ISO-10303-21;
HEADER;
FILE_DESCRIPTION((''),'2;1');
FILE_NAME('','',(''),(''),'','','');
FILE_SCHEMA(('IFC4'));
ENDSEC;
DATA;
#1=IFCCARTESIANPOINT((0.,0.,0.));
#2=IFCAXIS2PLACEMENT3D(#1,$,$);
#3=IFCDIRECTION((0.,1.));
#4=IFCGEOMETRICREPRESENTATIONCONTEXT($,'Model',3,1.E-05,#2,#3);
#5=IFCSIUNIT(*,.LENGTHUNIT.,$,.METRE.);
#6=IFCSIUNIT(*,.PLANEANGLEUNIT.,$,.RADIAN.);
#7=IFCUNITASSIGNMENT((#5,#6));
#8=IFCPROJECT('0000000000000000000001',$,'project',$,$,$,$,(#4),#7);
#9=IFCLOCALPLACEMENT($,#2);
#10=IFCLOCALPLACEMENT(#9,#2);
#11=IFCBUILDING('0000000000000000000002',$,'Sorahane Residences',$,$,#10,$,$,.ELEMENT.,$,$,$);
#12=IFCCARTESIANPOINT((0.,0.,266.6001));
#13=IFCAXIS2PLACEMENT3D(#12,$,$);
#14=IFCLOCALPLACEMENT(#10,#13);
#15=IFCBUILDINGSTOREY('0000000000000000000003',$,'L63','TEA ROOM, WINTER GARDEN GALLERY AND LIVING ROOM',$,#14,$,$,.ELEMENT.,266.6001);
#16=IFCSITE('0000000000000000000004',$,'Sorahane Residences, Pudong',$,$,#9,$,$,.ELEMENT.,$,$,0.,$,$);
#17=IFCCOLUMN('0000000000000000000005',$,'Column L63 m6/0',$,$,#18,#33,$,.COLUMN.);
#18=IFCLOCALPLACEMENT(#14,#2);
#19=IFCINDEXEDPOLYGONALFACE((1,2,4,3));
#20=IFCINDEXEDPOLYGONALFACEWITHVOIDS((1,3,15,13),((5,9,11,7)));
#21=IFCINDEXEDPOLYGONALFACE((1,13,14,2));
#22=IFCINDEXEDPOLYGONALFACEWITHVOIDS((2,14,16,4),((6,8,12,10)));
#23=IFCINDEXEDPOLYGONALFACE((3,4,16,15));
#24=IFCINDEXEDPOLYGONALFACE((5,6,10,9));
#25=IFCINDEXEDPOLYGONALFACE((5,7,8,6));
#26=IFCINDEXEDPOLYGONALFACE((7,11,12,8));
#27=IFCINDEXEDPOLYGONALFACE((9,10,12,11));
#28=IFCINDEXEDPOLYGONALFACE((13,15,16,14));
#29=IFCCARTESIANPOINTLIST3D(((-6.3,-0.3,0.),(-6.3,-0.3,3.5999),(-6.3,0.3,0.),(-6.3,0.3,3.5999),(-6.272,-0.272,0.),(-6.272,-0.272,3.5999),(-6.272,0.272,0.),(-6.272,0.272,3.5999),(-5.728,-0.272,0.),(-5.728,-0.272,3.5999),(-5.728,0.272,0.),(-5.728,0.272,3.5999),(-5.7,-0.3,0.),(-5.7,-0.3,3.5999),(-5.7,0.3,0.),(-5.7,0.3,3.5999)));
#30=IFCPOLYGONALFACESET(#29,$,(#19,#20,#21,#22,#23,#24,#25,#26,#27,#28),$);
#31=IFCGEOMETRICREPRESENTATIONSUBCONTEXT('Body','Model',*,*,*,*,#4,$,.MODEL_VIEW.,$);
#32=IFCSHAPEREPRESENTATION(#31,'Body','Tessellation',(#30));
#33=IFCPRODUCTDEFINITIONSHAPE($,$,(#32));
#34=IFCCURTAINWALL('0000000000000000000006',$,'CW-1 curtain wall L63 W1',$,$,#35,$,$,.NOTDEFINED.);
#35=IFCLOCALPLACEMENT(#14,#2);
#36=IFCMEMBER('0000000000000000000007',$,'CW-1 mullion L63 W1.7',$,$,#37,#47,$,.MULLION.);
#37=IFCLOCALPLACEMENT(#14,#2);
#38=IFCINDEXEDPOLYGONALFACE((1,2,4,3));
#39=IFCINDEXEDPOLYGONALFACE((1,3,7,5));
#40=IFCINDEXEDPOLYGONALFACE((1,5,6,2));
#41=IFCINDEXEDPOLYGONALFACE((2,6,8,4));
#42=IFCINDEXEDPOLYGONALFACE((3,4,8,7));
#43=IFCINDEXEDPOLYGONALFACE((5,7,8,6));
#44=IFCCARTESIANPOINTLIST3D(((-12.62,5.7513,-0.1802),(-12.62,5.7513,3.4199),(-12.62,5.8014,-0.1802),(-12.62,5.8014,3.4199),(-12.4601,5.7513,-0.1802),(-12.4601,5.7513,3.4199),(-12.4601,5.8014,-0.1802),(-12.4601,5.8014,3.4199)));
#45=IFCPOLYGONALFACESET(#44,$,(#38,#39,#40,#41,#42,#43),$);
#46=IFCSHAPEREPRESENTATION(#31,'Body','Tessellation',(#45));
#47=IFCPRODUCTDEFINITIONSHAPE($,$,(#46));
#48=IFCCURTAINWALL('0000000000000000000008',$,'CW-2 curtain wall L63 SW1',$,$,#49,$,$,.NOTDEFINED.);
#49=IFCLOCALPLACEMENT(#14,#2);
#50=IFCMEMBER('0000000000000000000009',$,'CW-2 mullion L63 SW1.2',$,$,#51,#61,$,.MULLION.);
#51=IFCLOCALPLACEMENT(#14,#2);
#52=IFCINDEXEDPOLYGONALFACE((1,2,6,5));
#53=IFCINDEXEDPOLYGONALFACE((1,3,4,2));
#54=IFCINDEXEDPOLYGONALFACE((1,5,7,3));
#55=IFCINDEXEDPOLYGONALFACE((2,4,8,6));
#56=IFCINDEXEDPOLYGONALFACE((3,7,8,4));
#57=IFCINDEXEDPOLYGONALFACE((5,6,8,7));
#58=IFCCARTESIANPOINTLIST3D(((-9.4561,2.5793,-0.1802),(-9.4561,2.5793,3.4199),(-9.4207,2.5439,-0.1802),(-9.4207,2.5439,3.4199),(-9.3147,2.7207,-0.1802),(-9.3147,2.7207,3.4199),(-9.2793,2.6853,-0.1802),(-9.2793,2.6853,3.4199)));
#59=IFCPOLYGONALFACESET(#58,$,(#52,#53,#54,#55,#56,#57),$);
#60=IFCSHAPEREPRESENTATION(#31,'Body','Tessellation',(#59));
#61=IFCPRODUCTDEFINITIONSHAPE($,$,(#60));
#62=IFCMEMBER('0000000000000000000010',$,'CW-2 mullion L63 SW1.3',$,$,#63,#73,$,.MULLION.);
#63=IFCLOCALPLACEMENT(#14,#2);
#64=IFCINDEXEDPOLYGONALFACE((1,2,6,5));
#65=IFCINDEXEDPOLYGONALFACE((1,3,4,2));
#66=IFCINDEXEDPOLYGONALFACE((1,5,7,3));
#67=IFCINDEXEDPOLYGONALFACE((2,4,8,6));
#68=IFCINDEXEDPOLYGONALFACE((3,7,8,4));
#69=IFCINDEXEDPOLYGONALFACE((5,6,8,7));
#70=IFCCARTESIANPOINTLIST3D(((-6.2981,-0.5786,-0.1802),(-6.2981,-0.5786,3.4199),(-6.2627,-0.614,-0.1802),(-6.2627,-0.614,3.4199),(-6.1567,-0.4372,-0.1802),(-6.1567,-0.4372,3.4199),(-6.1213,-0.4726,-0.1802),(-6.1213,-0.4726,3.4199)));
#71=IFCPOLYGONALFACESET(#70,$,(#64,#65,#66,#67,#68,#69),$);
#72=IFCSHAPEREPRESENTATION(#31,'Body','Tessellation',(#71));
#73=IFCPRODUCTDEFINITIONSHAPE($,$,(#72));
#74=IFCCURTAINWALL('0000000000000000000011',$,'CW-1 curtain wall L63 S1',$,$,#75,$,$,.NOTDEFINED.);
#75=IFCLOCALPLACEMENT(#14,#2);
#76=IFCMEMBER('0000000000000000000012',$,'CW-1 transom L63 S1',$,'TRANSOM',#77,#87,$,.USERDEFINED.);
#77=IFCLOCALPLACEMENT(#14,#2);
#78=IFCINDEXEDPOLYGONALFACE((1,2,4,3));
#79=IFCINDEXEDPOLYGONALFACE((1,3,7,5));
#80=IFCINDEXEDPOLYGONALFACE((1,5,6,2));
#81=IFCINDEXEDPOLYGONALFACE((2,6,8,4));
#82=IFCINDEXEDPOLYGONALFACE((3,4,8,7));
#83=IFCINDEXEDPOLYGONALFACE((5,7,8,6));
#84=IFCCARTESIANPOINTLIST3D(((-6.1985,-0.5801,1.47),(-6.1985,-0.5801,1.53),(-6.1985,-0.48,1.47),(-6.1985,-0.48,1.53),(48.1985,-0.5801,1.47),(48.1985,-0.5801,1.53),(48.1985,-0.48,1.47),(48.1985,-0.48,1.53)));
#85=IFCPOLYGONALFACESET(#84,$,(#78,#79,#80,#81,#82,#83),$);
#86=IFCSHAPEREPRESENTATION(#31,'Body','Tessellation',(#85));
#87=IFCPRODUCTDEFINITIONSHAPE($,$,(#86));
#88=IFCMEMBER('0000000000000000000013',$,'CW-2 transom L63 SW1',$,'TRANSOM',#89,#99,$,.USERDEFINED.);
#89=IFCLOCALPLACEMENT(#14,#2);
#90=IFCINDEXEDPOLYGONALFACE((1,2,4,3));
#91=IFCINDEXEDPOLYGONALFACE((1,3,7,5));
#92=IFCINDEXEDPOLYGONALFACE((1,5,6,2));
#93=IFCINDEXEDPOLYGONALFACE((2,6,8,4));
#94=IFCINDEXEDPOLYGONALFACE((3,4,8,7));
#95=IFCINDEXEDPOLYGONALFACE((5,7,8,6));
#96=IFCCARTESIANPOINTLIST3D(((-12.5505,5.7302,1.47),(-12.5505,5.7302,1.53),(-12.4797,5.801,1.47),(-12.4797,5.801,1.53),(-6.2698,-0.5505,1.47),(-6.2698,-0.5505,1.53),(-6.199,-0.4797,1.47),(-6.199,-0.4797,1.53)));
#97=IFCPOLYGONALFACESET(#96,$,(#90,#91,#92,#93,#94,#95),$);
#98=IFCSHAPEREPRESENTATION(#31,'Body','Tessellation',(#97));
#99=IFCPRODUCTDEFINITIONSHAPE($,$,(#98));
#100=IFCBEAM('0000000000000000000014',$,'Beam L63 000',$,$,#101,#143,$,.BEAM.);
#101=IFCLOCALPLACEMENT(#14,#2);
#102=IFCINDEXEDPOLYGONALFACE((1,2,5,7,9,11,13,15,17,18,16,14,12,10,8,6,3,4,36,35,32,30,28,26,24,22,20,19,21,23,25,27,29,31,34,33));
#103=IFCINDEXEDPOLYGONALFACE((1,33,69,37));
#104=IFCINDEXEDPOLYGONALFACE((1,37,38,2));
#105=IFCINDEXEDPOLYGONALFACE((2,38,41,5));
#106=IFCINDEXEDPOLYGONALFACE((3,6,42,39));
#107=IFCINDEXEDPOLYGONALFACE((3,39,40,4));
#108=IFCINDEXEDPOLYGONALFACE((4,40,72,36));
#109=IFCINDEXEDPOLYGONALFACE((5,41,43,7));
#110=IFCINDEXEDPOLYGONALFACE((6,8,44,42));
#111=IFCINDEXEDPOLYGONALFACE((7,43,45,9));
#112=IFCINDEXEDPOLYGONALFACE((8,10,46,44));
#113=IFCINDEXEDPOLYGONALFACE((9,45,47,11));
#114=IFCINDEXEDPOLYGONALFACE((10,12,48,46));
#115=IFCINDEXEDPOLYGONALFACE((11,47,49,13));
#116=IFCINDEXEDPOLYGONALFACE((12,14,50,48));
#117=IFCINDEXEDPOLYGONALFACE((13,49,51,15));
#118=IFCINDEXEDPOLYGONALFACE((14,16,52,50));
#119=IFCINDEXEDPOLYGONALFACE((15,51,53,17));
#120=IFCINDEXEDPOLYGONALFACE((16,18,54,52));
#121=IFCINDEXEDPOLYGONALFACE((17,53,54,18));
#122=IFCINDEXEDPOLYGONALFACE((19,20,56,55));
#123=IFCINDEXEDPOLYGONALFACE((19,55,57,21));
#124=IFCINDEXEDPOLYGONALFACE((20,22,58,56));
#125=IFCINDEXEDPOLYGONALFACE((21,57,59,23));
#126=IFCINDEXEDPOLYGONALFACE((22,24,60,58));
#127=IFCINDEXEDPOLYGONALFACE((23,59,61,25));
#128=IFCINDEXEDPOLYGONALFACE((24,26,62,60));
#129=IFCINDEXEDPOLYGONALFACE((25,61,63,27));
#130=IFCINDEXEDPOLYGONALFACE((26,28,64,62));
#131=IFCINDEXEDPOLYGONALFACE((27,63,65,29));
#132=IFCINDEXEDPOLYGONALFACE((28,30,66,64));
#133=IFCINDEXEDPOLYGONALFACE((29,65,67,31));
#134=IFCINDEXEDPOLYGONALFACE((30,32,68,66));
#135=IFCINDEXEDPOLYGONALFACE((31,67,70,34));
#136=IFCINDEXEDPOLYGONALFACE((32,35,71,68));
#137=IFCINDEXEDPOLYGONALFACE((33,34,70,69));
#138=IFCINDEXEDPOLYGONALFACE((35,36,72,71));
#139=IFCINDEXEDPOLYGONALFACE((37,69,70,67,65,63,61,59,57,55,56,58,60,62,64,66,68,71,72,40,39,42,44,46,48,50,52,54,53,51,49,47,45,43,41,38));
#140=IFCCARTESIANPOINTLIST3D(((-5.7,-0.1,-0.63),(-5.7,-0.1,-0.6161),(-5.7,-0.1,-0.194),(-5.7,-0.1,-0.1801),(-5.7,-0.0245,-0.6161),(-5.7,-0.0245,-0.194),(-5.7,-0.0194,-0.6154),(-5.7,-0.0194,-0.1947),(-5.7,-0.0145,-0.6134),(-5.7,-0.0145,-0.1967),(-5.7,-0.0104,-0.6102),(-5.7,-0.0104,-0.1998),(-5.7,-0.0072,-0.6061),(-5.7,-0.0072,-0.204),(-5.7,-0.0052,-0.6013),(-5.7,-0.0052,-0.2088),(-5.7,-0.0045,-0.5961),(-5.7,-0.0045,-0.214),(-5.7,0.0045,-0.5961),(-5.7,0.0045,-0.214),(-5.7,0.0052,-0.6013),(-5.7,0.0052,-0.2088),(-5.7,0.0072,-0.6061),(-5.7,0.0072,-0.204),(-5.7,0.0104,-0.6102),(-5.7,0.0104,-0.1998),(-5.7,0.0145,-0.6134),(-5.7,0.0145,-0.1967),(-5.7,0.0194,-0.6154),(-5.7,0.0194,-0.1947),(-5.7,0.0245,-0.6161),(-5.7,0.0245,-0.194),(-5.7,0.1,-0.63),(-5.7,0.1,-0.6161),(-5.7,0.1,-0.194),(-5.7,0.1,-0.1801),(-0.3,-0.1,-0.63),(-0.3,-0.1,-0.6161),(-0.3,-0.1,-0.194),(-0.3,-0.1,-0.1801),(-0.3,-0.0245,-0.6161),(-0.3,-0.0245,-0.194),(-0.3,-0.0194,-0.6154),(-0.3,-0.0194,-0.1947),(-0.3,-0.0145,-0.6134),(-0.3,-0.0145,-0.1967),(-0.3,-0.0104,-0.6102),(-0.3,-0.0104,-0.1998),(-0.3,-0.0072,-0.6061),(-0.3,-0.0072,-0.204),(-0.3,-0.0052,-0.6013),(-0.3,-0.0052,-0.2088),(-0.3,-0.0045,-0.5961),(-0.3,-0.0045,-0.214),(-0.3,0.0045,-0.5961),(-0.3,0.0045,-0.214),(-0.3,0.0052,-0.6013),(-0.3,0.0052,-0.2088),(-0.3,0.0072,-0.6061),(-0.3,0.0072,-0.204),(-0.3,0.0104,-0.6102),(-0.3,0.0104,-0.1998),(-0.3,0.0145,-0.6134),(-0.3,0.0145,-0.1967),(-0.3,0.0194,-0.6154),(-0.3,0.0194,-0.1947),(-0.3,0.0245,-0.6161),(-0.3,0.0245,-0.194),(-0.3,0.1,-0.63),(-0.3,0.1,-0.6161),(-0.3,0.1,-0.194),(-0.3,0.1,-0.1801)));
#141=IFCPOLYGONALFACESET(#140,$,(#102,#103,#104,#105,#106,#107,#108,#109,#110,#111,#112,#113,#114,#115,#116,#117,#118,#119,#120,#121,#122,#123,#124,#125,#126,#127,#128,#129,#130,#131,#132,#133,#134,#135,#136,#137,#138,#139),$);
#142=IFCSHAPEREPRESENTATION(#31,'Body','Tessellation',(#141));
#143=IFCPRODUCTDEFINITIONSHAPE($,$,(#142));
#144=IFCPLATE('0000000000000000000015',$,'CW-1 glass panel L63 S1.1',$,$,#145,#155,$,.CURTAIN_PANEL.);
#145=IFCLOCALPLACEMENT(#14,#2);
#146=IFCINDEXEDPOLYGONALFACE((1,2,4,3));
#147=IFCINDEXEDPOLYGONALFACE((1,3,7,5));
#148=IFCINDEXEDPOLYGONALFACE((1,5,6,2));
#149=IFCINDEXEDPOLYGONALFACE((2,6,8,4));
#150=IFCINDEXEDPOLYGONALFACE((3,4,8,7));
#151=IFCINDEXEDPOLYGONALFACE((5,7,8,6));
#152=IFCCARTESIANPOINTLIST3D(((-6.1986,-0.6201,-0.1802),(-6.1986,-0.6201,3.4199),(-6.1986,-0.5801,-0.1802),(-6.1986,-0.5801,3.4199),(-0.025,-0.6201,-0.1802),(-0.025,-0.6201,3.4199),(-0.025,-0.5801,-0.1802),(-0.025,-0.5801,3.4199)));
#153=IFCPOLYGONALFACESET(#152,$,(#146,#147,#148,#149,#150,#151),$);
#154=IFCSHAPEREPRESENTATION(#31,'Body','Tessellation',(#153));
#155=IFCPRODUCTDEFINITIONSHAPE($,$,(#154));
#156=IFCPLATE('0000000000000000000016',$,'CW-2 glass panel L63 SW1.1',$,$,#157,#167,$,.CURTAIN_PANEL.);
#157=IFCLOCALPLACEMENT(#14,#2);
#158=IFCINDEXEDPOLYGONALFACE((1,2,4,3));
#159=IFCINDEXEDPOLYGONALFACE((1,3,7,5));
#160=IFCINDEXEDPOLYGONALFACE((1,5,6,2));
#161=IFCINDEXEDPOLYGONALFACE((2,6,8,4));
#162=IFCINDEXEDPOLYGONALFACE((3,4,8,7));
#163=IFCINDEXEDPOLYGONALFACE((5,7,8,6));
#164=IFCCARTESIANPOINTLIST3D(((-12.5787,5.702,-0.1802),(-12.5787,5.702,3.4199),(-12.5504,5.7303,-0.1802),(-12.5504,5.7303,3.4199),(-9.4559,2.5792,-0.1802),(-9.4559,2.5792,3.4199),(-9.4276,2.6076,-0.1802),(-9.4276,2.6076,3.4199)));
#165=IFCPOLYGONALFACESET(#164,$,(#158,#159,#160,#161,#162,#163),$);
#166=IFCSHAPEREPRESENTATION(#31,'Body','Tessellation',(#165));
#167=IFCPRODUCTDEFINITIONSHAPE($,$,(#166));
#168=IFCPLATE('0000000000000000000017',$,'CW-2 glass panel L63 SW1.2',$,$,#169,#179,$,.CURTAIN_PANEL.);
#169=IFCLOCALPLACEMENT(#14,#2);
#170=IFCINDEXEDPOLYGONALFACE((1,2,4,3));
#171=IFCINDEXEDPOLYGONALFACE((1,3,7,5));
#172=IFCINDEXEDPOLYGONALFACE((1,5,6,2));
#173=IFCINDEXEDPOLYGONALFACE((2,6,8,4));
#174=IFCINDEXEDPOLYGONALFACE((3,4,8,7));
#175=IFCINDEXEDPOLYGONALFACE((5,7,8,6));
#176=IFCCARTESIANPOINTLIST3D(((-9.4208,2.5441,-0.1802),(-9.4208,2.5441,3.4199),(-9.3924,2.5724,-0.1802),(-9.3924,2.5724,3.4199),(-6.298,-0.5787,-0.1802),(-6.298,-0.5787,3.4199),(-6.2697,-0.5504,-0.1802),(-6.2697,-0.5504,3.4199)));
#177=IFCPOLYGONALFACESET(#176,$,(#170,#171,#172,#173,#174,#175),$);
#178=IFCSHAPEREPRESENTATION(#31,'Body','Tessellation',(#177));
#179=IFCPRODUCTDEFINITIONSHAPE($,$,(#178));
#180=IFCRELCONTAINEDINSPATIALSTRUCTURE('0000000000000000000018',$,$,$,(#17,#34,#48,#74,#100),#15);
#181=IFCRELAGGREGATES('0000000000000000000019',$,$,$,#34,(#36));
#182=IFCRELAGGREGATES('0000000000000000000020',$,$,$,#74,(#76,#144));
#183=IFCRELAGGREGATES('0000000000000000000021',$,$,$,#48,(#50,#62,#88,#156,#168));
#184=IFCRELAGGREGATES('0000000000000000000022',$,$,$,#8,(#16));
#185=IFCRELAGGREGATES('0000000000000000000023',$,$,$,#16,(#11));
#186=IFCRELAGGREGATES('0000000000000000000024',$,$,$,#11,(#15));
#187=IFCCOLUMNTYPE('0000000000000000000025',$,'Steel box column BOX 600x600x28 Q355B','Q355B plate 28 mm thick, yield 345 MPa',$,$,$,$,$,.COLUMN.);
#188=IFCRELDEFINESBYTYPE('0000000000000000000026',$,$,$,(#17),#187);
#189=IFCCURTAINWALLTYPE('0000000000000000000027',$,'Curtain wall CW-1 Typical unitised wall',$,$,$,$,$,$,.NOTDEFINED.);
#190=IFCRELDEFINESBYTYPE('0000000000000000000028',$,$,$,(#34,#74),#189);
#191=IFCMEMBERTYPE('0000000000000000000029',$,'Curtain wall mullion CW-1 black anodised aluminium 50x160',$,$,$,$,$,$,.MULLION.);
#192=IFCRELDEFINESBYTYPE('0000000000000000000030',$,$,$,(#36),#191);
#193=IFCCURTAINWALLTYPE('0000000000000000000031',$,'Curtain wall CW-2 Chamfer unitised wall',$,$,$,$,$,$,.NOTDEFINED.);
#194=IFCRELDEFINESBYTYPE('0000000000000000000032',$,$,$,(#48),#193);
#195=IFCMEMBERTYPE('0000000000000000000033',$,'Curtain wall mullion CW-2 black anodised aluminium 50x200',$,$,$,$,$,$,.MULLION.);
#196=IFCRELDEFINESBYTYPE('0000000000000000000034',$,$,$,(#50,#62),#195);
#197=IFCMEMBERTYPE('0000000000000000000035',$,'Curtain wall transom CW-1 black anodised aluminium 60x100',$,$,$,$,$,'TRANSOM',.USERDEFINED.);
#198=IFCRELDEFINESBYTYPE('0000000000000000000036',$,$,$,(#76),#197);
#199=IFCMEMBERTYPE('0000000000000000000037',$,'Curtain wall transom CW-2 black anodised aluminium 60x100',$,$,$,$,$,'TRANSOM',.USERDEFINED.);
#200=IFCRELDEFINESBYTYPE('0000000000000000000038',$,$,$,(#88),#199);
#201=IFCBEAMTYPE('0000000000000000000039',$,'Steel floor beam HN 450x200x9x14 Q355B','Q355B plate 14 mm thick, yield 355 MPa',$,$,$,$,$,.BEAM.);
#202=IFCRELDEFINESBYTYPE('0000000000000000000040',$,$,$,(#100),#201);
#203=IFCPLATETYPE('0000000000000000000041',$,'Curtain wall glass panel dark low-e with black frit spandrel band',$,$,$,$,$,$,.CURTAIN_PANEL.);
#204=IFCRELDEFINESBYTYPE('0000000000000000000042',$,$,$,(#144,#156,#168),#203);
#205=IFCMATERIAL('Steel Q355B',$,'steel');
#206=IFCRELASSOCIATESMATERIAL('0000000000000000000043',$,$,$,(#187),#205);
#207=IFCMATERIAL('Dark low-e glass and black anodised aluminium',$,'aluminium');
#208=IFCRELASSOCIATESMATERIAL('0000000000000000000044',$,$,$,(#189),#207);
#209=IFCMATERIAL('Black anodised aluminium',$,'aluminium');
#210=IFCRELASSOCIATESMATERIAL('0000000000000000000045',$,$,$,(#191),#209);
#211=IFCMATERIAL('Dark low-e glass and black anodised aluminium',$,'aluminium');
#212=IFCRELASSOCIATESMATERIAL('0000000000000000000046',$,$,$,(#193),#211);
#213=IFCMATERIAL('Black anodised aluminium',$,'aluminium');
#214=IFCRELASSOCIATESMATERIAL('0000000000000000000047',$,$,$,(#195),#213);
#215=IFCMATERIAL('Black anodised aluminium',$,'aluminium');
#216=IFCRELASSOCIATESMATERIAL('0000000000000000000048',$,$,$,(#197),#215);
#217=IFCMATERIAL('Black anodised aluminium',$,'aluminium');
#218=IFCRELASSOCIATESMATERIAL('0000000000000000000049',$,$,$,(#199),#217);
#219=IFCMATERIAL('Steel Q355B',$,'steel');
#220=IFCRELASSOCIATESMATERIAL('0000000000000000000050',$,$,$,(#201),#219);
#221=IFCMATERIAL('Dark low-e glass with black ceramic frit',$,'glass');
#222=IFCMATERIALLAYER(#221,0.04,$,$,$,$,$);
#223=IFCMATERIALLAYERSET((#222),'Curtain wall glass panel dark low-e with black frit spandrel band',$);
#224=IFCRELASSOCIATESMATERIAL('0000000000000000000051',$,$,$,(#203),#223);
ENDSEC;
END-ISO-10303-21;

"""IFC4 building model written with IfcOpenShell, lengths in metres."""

from ifc_helpers import new_model, si_unit, direction, frame, origin, origin_2d, place, context, subcontext, project, spatial, rectangle, hollow_rectangle, i_section, extrude, material, layer, layer_set, material_profile, profile_set, type_object, element, aggregate, save


model = new_model("IFC4")

# Units and contexts
model_context = context("Model", 3, precision=1e-05, world=origin(), true_north=direction((0.0, 1.0)))
body_context = subcontext(model_context, "Body", "Model", "MODEL_VIEW")
ifc_project = project(units=[si_unit("LENGTHUNIT", "METRE"), si_unit("PLANEANGLEUNIT", "RADIAN")], contexts=[model_context])

# Site, building, storey
site_placement = place(None, origin())
site = spatial("IfcSite", under=ifc_project, at=site_placement, Name="Sorahane Residences, Pudong", CompositionType="ELEMENT", RefElevation=0.0)
building_placement = place(site_placement, origin())
building = spatial("IfcBuilding", under=site, at=building_placement, Name="Sorahane Residences", CompositionType="ELEMENT")
storey_placement = place(building_placement, frame((0.0, 0.0, 266.6001)))
storey = spatial("IfcBuildingStorey", under=building, at=storey_placement, Name="L63", Description="TEA ROOM, WINTER GARDEN GALLERY AND LIVING ROOM", CompositionType="ELEMENT", Elevation=266.6001)

# Column
ifc_material_1 = material(Name="Steel Q355B", Category="steel")
ifc_material_profile_1 = material_profile(ifc_material_1, hollow_rectangle(XDim=0.6001, YDim=0.6001, WallThickness=0.0281, at=origin_2d()), Name="BOX 600x600x28")
ifc_profile_set_1 = profile_set([ifc_material_profile_1], Name="Steel Q355B")
column_type = type_object("IfcColumnType", Name="Steel box column BOX 600x600x28 Q355B", Description="Q355B plate 28 mm thick, yield 345 MPa", PredefinedType="COLUMN", material=ifc_profile_set_1)
column_placement = place(storey_placement, frame((-6.0, 0.0, 0.0), z_axis=(0.0, 0.0, 1.0), x_axis=(1.0, 0.0, 0.0)))
element("IfcColumn", 1, at=column_placement, inside=storey, type_object=column_type, Name="Column L63 m6/0", PredefinedType="COLUMN", context=body_context, shape_type="SweptSolid", body=[
    extrude(hollow_rectangle(XDim=0.6001, YDim=0.6001, WallThickness=0.0281, at=origin_2d()), origin(), (0.0, 0.0, 1.0), 3.5999),
])

# Curtain wall, member
ifc_material_2 = material(Name="Dark low-e glass and black anodised aluminium", Category="aluminium")
curtain_wall_type_1 = type_object("IfcCurtainWallType", Name="Curtain wall CW-1 Typical unitised wall", PredefinedType="NOTDEFINED", material=ifc_material_2)
curtain_wall_1_placement = place(storey_placement, origin())
curtain_wall_1 = element("IfcCurtainWall", 2, at=curtain_wall_1_placement, inside=storey, type_object=curtain_wall_type_1, Name="CW-1 curtain wall L63 W1", PredefinedType="NOTDEFINED")
ifc_material_3 = material(Name="Black anodised aluminium", Category="aluminium")
ifc_material_profile_2 = material_profile(ifc_material_3, rectangle(XDim=0.1599, YDim=0.05, at=origin_2d()), Name="Curtain wall mullion CW-1 black anodised aluminium 50x160")
ifc_profile_set_2 = profile_set([ifc_material_profile_2], Name="Black anodised aluminium")
member_type_1 = type_object("IfcMemberType", Name="Curtain wall mullion CW-1 black anodised aluminium 50x160", PredefinedType="MULLION", material=ifc_profile_set_2)
member_1_placement = place(storey_placement, frame((-12.54, 5.7764, -0.1802), z_axis=(0.0, 0.0, 1.0), x_axis=(-1.0, 0.0, 0.0)))
member_1 = element("IfcMember", 3, at=member_1_placement, type_object=member_type_1, Name="CW-1 mullion L63 W1.7", PredefinedType="MULLION", context=body_context, shape_type="SweptSolid", body=[
    extrude(rectangle(XDim=0.1599, YDim=0.05, at=origin_2d()), origin(), (0.0, 0.0, 1.0), 3.6001),
])
aggregate(curtain_wall_1, [member_1])

# Curtain wall, members
ifc_material_4 = material(Name="Dark low-e glass and black anodised aluminium", Category="aluminium")
curtain_wall_type_2 = type_object("IfcCurtainWallType", Name="Curtain wall CW-2 Chamfer unitised wall", PredefinedType="NOTDEFINED", material=ifc_material_4)
curtain_wall_2_placement = place(storey_placement, origin())
curtain_wall_2 = element("IfcCurtainWall", 4, at=curtain_wall_2_placement, inside=storey, type_object=curtain_wall_type_2, Name="CW-2 curtain wall L63 SW1", PredefinedType="NOTDEFINED")
ifc_material_5 = material(Name="Black anodised aluminium", Category="aluminium")
ifc_material_profile_3 = material_profile(ifc_material_5, rectangle(XDim=0.2, YDim=0.05, at=origin_2d()), Name="Curtain wall mullion CW-2 black anodised aluminium 50x200")
ifc_profile_set_3 = profile_set([ifc_material_profile_3], Name="Black anodised aluminium")
member_type_2 = type_object("IfcMemberType", Name="Curtain wall mullion CW-2 black anodised aluminium 50x200", PredefinedType="MULLION", material=ifc_profile_set_3)
member_2_placement = place(storey_placement, frame((-9.3677, 2.6323, -0.1802), z_axis=(0.0, 0.0, 1.0), x_axis=(-0.707107, -0.707107, 0.0)))
member_2 = element("IfcMember", 5, at=member_2_placement, type_object=member_type_2, Name="CW-2 mullion L63 SW1.2", PredefinedType="MULLION", context=body_context, shape_type="SweptSolid", body=[
    extrude(rectangle(XDim=0.2, YDim=0.05, at=origin_2d()), origin(), (0.0, 0.0, 1.0), 3.6001),
])
member_3_placement = place(storey_placement, frame((-6.2097, -0.5256, -0.1802), z_axis=(0.0, 0.0, 1.0), x_axis=(-0.707107, -0.707107, 0.0)))
member_3 = element("IfcMember", 6, at=member_3_placement, type_object=member_type_2, Name="CW-2 mullion L63 SW1.3", PredefinedType="MULLION", context=body_context, shape_type="SweptSolid", body=[
    extrude(rectangle(XDim=0.2, YDim=0.05, at=origin_2d()), origin(), (0.0, 0.0, 1.0), 3.6001),
])

# Curtain wall, member
curtain_wall_3_placement = place(storey_placement, origin())
curtain_wall_3 = element("IfcCurtainWall", 7, at=curtain_wall_3_placement, inside=storey, type_object=curtain_wall_type_1, Name="CW-1 curtain wall L63 S1", PredefinedType="NOTDEFINED")
ifc_material_6 = material(Name="Black anodised aluminium", Category="aluminium")
ifc_material_profile_4 = material_profile(ifc_material_6, rectangle(XDim=0.1001, YDim=0.0601, at=origin_2d()), Name="Curtain wall transom CW-1 black anodised aluminium 60x100")
ifc_profile_set_4 = profile_set([ifc_material_profile_4], Name="Black anodised aluminium")
member_type_3 = type_object("IfcMemberType", Name="Curtain wall transom CW-1 black anodised aluminium 60x100", ElementType="TRANSOM", PredefinedType="USERDEFINED", material=ifc_profile_set_4)
member_4_placement = place(storey_placement, frame((-6.1985, -0.53, 1.5), z_axis=(1.0, 0.0, 0.0), x_axis=(0.0, 1.0, 0.0)))
member_4 = element("IfcMember", 8, at=member_4_placement, type_object=member_type_3, Name="CW-1 transom L63 S1", ObjectType="TRANSOM", PredefinedType="USERDEFINED", context=body_context, shape_type="SweptSolid", body=[
    extrude(rectangle(XDim=0.1001, YDim=0.0601, at=origin_2d()), origin(), (0.0, 0.0, 1.0), 54.397),
])

# Member
ifc_material_7 = material(Name="Black anodised aluminium", Category="aluminium")
ifc_material_profile_5 = material_profile(ifc_material_7, rectangle(XDim=0.1001, YDim=0.0601, at=origin_2d()), Name="Curtain wall transom CW-2 black anodised aluminium 60x100")
ifc_profile_set_5 = profile_set([ifc_material_profile_5], Name="Black anodised aluminium")
member_type_4 = type_object("IfcMemberType", Name="Curtain wall transom CW-2 black anodised aluminium 60x100", ElementType="TRANSOM", PredefinedType="USERDEFINED", material=ifc_profile_set_5)
member_5_placement = place(storey_placement, frame((-12.5151, 5.7656, 1.5), z_axis=(0.707107, -0.707107, 0.0), x_axis=(0.707107, 0.707107, 0.0)))
member_5 = element("IfcMember", 9, at=member_5_placement, type_object=member_type_4, Name="CW-2 transom L63 SW1", ObjectType="TRANSOM", PredefinedType="USERDEFINED", context=body_context, shape_type="SweptSolid", body=[
    extrude(rectangle(XDim=0.1001, YDim=0.0601, at=origin_2d()), origin(), (0.0, 0.0, 1.0), 8.8823),
])

# Beam
ifc_material_8 = material(Name="Steel Q355B", Category="steel")
ifc_material_profile_6 = material_profile(ifc_material_8, i_section(OverallWidth=0.2, OverallDepth=0.45, WebThickness=0.009, FlangeThickness=0.0139, FilletRadius=0.02, at=origin_2d()), Name="HN 450x200x9x14")
ifc_profile_set_6 = profile_set([ifc_material_profile_6], Name="Steel Q355B")
beam_type = type_object("IfcBeamType", Name="Steel floor beam HN 450x200x9x14 Q355B", Description="Q355B plate 14 mm thick, yield 355 MPa", PredefinedType="BEAM", material=ifc_profile_set_6)
beam_placement = place(storey_placement, frame((-5.7, 0.0, -0.405), z_axis=(1.0, 0.0, 0.0), x_axis=(0.0, 1.0, 0.0)))
element("IfcBeam", 10, at=beam_placement, inside=storey, type_object=beam_type, Name="Beam L63 000", PredefinedType="BEAM", context=body_context, shape_type="SweptSolid", body=[
    extrude(i_section(OverallWidth=0.2, OverallDepth=0.45, WebThickness=0.009, FlangeThickness=0.0139, FilletRadius=0.02, at=origin_2d()), origin(), (0.0, 0.0, 1.0), 5.3999),
])

# Plates
ifc_material_9 = material(Name="Dark low-e glass with black ceramic frit", Category="glass")
ifc_layer_1 = layer(ifc_material_9, 0.04)
ifc_layer_set_1 = layer_set([ifc_layer_1], Name="Curtain wall glass panel dark low-e with black frit spandrel band")
plate_type = type_object("IfcPlateType", Name="Curtain wall glass panel dark low-e with black frit spandrel band", PredefinedType="CURTAIN_PANEL", material=ifc_layer_set_1)
plate_1_placement = place(storey_placement, frame((-3.1118, -0.6001, -0.1802), z_axis=(0.0, 0.0, 1.0), x_axis=(1.0, 0.0, 0.0)))
plate_1 = element("IfcPlate", 11, at=plate_1_placement, type_object=plate_type, Name="CW-1 glass panel L63 S1.1", PredefinedType="CURTAIN_PANEL", context=body_context, shape_type="SweptSolid", body=[
    extrude(rectangle(XDim=6.1736, YDim=0.04, at=origin_2d()), origin(), (0.0, 0.0, 1.0), 3.6001),
])
aggregate(curtain_wall_3, [member_4, plate_1])
plate_2_placement = place(storey_placement, frame((-11.0032, 4.1548, -0.1802), z_axis=(0.0, 0.0, 1.0), x_axis=(0.707107, -0.707107, 0.0)))
plate_2 = element("IfcPlate", 12, at=plate_2_placement, type_object=plate_type, Name="CW-2 glass panel L63 SW1.1", PredefinedType="CURTAIN_PANEL", context=body_context, shape_type="SweptSolid", body=[
    extrude(rectangle(XDim=4.4163, YDim=0.04, at=origin_2d()), origin(), (0.0, 0.0, 1.0), 3.6001),
])
plate_3_placement = place(storey_placement, frame((-7.8452, 0.9968, -0.1802), z_axis=(0.0, 0.0, 1.0), x_axis=(0.707107, -0.707107, 0.0)))
plate_3 = element("IfcPlate", 13, at=plate_3_placement, type_object=plate_type, Name="CW-2 glass panel L63 SW1.2", PredefinedType="CURTAIN_PANEL", context=body_context, shape_type="SweptSolid", body=[
    extrude(rectangle(XDim=4.4163, YDim=0.04, at=origin_2d()), origin(), (0.0, 0.0, 1.0), 3.6001),
])
aggregate(curtain_wall_2, [member_2, member_3, member_5, plate_2, plate_3])

save(model, "model.ifc")
